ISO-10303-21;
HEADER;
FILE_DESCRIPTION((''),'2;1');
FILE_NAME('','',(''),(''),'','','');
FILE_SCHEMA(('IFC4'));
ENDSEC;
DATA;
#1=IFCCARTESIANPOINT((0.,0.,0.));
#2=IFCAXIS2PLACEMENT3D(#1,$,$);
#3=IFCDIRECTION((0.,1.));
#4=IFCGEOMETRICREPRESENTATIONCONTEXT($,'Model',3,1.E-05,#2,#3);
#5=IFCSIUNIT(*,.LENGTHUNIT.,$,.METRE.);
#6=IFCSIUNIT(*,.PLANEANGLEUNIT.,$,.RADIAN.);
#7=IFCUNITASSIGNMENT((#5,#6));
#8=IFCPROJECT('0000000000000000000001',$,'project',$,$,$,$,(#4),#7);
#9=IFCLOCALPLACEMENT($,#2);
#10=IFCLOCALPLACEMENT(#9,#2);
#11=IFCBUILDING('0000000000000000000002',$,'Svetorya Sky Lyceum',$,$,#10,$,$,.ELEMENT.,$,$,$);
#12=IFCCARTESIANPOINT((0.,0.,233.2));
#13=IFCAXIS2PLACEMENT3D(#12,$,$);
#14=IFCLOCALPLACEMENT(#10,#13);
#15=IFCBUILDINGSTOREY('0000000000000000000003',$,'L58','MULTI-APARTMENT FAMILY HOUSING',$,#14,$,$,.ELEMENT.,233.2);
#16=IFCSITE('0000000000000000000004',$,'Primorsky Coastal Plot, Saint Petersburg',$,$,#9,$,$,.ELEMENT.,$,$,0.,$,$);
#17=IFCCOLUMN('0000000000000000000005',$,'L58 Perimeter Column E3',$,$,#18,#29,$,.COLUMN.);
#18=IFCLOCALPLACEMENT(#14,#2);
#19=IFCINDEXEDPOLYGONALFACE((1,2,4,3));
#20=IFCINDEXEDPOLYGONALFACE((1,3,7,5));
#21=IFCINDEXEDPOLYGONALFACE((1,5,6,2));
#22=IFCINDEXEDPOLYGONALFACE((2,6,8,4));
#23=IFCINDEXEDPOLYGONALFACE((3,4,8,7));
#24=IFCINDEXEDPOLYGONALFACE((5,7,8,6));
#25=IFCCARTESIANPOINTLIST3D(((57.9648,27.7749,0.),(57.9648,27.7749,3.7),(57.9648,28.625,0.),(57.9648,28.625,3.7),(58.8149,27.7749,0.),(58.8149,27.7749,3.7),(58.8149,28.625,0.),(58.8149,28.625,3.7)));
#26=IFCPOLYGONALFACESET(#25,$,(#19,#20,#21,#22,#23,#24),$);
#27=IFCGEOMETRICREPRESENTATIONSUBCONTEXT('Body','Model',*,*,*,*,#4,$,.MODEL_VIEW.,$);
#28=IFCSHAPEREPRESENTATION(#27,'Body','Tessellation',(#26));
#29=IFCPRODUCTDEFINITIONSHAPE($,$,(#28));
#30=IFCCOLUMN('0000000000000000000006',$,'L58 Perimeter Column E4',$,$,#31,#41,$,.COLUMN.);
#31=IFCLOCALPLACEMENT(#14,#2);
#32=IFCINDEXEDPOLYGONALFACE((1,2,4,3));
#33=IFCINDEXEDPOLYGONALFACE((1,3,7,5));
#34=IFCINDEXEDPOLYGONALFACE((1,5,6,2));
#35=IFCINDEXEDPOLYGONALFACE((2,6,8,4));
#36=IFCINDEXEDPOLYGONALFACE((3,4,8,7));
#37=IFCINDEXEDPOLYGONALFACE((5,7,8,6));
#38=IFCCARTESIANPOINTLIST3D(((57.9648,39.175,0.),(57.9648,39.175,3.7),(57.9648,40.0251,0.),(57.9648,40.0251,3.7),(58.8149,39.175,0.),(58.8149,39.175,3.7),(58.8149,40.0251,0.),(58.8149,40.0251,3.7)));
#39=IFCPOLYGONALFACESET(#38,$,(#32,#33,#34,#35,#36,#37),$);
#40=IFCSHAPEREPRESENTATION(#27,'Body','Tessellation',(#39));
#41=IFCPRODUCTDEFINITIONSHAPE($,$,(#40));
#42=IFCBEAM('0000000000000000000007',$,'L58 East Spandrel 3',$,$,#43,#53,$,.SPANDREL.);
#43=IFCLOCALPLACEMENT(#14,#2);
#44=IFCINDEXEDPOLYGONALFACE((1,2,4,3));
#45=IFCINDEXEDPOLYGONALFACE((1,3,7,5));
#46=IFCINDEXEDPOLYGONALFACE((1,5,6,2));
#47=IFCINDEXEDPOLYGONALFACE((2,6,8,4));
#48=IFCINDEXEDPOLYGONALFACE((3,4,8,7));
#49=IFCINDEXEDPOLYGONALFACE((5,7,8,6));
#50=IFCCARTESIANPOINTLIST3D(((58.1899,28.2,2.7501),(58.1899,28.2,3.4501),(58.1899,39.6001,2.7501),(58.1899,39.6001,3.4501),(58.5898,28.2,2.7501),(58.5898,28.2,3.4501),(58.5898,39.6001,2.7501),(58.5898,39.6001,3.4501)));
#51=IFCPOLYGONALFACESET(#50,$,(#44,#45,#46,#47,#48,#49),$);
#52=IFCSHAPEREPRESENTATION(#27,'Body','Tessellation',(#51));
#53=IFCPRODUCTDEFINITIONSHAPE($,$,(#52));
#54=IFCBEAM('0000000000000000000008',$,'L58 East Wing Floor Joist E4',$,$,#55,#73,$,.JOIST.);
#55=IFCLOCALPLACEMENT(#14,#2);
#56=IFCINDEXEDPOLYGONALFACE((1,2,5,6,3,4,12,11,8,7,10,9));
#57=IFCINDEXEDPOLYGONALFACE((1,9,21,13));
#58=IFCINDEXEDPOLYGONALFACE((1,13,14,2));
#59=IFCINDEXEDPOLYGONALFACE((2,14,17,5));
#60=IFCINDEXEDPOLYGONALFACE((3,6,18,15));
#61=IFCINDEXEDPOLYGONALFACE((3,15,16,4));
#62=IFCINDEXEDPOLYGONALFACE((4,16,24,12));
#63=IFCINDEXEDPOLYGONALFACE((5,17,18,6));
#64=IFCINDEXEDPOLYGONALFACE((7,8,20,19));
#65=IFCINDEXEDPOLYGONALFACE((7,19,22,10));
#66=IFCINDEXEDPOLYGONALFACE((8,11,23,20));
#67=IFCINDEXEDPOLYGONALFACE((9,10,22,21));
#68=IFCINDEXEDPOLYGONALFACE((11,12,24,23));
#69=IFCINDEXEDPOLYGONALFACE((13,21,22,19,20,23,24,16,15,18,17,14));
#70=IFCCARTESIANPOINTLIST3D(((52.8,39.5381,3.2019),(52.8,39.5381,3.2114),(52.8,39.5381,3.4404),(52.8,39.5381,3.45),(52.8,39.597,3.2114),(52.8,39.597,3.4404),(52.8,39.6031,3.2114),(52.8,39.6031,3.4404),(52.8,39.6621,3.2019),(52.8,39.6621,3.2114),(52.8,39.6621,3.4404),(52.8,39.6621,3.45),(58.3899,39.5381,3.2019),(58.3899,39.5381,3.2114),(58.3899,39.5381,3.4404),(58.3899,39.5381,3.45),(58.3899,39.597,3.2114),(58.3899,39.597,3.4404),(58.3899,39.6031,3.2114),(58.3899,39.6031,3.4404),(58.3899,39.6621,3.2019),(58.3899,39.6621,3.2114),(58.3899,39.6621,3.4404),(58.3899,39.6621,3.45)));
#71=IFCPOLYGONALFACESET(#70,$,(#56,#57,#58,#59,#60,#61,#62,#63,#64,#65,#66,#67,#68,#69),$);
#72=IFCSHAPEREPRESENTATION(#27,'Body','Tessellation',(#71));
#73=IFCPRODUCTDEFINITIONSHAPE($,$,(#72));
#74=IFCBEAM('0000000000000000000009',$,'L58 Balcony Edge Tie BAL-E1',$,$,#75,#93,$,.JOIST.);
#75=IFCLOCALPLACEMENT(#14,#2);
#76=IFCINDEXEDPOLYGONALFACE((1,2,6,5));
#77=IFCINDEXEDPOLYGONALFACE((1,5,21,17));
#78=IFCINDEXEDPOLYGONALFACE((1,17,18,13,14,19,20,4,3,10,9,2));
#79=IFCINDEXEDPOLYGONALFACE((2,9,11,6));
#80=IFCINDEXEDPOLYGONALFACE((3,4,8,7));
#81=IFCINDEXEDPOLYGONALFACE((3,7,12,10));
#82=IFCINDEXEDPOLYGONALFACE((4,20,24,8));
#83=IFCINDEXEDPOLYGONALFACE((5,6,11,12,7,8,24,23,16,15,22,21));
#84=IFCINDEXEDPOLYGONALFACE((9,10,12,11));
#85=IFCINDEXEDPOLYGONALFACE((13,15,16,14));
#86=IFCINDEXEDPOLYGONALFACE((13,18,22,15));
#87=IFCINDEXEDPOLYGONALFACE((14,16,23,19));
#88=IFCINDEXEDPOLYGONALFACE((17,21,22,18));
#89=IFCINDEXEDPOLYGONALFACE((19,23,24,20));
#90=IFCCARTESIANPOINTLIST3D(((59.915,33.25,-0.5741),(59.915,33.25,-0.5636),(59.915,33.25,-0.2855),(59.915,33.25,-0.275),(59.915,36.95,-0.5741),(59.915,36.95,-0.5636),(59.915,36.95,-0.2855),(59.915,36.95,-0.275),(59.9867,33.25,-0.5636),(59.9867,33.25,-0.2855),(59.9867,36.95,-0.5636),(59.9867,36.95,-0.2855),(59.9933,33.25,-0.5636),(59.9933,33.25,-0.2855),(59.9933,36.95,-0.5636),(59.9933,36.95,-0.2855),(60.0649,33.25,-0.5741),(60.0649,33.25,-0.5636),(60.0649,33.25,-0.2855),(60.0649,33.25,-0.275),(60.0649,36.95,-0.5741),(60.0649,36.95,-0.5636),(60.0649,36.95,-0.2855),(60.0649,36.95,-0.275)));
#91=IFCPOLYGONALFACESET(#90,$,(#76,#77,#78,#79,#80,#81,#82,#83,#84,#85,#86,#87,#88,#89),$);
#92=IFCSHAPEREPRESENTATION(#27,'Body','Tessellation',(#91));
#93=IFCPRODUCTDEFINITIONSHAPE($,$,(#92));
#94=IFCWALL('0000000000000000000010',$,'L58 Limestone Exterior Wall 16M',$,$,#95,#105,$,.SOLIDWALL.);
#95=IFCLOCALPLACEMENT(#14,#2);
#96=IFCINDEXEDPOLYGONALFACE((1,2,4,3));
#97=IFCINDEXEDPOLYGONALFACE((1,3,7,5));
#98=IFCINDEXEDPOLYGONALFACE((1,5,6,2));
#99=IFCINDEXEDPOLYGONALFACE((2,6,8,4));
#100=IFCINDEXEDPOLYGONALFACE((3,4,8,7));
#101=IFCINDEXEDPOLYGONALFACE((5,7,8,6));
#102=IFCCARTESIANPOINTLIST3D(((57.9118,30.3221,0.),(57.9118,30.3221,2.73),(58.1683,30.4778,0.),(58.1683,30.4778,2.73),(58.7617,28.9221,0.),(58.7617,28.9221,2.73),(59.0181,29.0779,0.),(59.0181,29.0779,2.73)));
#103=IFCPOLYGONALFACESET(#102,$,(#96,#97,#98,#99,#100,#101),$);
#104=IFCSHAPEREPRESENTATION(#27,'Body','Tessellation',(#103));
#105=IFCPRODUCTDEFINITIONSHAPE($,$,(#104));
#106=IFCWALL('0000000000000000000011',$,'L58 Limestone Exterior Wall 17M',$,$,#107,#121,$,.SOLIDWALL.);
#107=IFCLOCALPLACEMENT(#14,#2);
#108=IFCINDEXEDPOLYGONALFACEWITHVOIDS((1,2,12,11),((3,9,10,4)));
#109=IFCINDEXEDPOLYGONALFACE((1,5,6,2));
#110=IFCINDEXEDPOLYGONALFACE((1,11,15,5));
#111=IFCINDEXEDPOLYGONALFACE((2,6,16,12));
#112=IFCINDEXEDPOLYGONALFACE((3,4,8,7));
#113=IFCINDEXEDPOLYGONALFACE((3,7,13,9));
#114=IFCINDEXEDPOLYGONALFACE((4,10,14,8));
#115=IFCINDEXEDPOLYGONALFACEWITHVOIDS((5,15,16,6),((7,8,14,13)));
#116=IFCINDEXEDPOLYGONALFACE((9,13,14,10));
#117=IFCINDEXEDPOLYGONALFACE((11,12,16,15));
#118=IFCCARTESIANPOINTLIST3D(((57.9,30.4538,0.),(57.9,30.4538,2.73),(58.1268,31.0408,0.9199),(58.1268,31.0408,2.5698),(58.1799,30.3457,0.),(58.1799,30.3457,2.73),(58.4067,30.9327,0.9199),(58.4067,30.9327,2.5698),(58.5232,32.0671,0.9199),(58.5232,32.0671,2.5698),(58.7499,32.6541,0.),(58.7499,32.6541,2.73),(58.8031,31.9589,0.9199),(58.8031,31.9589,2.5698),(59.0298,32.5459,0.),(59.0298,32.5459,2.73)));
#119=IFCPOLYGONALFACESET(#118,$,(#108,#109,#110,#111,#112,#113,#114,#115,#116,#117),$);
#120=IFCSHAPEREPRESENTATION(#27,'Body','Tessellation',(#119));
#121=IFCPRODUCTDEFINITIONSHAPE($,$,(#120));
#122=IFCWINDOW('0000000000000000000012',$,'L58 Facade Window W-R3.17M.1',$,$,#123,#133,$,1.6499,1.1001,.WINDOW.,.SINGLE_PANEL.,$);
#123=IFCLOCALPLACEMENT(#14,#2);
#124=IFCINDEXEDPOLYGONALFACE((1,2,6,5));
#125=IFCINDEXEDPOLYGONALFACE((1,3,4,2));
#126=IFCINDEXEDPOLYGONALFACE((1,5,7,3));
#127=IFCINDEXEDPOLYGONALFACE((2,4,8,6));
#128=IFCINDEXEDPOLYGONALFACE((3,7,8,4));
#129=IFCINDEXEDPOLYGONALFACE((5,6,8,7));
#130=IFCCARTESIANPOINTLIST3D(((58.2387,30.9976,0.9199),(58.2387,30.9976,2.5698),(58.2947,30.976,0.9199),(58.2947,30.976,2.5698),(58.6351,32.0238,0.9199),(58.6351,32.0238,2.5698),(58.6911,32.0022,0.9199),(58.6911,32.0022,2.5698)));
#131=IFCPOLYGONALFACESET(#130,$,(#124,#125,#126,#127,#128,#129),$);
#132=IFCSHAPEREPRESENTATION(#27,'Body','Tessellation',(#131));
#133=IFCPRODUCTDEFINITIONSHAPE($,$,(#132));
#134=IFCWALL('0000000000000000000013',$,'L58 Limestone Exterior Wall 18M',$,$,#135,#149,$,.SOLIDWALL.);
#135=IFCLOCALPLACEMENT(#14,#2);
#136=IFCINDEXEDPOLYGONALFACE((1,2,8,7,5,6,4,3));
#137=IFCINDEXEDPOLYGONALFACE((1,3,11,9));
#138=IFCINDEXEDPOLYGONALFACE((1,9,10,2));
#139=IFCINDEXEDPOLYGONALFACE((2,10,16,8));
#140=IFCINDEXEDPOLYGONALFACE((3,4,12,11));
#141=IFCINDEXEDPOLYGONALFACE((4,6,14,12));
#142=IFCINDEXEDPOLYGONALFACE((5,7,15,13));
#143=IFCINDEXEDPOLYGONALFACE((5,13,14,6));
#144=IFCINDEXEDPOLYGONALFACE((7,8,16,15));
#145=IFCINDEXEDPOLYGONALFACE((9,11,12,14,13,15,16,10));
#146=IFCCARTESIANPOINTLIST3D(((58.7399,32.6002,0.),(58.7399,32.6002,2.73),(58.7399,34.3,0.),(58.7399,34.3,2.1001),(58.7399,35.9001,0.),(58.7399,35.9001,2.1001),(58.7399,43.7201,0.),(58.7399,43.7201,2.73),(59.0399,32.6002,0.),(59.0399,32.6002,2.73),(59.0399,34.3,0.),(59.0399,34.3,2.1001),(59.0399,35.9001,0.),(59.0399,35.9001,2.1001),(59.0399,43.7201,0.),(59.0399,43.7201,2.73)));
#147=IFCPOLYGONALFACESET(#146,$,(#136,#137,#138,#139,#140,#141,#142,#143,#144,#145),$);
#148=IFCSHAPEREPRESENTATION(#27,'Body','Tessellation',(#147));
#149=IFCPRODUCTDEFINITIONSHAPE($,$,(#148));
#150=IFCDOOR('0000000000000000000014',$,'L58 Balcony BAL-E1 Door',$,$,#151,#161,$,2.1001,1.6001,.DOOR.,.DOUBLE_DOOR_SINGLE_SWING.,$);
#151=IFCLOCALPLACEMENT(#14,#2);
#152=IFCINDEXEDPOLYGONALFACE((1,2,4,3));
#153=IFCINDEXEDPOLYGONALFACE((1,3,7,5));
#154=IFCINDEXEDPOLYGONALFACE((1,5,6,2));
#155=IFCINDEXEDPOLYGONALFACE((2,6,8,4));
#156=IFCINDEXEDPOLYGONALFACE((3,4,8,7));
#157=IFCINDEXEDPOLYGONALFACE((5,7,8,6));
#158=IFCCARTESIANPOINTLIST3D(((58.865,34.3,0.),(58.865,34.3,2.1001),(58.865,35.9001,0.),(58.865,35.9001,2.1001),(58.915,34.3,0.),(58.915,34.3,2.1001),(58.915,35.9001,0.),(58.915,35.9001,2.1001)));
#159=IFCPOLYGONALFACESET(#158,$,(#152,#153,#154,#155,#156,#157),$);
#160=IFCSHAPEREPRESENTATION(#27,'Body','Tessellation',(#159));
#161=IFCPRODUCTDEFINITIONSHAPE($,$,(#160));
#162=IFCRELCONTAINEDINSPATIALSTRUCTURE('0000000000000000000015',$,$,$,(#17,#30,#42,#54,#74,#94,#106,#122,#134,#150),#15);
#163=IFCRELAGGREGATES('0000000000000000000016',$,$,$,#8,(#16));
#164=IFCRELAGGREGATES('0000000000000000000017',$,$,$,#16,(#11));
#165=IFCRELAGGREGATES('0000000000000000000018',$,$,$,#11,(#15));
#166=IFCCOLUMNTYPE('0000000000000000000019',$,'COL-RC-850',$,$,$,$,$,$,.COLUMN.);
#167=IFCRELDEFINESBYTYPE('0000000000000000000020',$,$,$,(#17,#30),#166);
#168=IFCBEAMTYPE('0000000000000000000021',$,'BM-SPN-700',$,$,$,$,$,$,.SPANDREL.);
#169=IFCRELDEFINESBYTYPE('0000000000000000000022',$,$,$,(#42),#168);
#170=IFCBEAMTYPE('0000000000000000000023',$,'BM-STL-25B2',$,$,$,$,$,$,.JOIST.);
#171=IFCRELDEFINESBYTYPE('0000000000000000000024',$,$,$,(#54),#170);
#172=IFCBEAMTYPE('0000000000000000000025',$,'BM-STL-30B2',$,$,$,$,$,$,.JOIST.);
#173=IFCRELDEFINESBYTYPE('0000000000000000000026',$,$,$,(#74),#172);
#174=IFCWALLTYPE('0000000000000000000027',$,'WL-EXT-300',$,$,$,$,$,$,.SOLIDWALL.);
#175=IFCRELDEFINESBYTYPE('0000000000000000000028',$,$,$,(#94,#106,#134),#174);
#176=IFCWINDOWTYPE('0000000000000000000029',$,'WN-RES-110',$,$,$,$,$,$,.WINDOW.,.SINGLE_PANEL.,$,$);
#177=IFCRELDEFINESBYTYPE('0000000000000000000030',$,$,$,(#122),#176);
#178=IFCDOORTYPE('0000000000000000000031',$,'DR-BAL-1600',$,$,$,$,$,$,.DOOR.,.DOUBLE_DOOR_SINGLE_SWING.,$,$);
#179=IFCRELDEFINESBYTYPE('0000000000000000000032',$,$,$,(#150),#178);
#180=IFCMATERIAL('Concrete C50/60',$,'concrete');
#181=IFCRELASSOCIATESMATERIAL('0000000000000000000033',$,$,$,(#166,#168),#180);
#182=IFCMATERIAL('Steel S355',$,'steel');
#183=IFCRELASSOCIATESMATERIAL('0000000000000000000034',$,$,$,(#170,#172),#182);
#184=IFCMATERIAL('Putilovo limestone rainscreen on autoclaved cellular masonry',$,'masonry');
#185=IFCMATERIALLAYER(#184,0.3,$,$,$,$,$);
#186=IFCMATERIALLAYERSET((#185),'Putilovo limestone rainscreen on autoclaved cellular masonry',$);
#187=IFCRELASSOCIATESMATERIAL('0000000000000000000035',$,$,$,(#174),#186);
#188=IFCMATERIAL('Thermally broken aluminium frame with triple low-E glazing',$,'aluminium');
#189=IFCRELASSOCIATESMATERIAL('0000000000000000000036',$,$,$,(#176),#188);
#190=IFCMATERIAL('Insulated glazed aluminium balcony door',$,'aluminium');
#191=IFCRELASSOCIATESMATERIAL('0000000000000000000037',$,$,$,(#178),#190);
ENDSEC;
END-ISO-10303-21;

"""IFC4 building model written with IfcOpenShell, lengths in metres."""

from ifc_helpers import new_model, si_unit, direction, frame, frame_2d, origin, origin_2d, place, context, subcontext, project, spatial, rectangle, i_section, extrude, material, layer, layer_set, material_profile, profile_set, type_object, element, fill, save


model = new_model("IFC4")

# Units and contexts
model_context = context("Model", 3, precision=1e-05, world=origin(), true_north=direction((0.0, 1.0)))
body_context = subcontext(model_context, "Body", "Model", "MODEL_VIEW")
ifc_project = project(units=[si_unit("LENGTHUNIT", "METRE"), si_unit("PLANEANGLEUNIT", "RADIAN")], contexts=[model_context])

# Site, building, storey
site_placement = place(None, origin())
site = spatial("IfcSite", under=ifc_project, at=site_placement, Name="Primorsky Coastal Plot, Saint Petersburg", CompositionType="ELEMENT", RefElevation=0.0)
building_placement = place(site_placement, origin())
building = spatial("IfcBuilding", under=site, at=building_placement, Name="Svetorya Sky Lyceum", CompositionType="ELEMENT")
storey_placement = place(building_placement, frame((0.0, 0.0, 233.2)))
storey = spatial("IfcBuildingStorey", under=building, at=storey_placement, Name="L58", Description="MULTI-APARTMENT FAMILY HOUSING", CompositionType="ELEMENT", Elevation=233.2)

# Columns
ifc_material_1 = material(Name="Concrete C50/60", Category="concrete")
ifc_material_profile_1 = material_profile(ifc_material_1, rectangle(XDim=0.8501, YDim=0.8501, at=origin_2d()), Name="RC COL 850x850")
ifc_profile_set_1 = profile_set([ifc_material_profile_1], Name="Concrete C50/60")
column_type = type_object("IfcColumnType", Name="COL-RC-850", PredefinedType="COLUMN", material=ifc_profile_set_1)
for number, where, z_axis, x_axis, name in (
    (1, (58.3899, 28.2, 0.0), (0.0, 0.0, 1.0), (1.0, 0.0, 0.0), "L58 Perimeter Column E3"),
    (2, (58.3899, 39.6001, 0.0), (0.0, 0.0, 1.0), (1.0, 0.0, 0.0), "L58 Perimeter Column E4"),
):
    element("IfcColumn", number, at=place(storey_placement, frame(where, z_axis=z_axis, x_axis=x_axis)), inside=storey, type_object=column_type, Name=name, PredefinedType="COLUMN", context=body_context, shape_type="SweptSolid", body=[
        extrude(rectangle(XDim=0.8501, YDim=0.8501, at=origin_2d()), origin(), (0.0, 0.0, 1.0), 3.7),
    ])

# Beams
ifc_material_profile_2 = material_profile(ifc_material_1, rectangle(XDim=0.3999, YDim=0.7, at=origin_2d()), Name="RC SPANDREL 400x700")
ifc_profile_set_2 = profile_set([ifc_material_profile_2], Name="Concrete C50/60")
beam_type_1 = type_object("IfcBeamType", Name="BM-SPN-700", PredefinedType="SPANDREL", material=ifc_profile_set_2)
beam_1_placement = place(storey_placement, frame((58.3899, 28.2, 3.1001), z_axis=(0.0, 1.0, 0.0), x_axis=(-1.0, 0.0, 0.0)))
element("IfcBeam", 3, at=beam_1_placement, inside=storey, type_object=beam_type_1, Name="L58 East Spandrel 3", PredefinedType="SPANDREL", context=body_context, shape_type="SweptSolid", body=[
    extrude(rectangle(XDim=0.3999, YDim=0.7, at=origin_2d()), origin(), (0.0, 0.0, 1.0), 11.4001),
])
ifc_material_2 = material(Name="Steel S355", Category="steel")
ifc_material_profile_3 = material_profile(ifc_material_2, i_section(OverallWidth=0.124, OverallDepth=0.248, WebThickness=0.0061, FlangeThickness=0.0095, at=origin_2d()), Name="GOST 25B2")
ifc_profile_set_3 = profile_set([ifc_material_profile_3], Name="Steel S355")
beam_type_2 = type_object("IfcBeamType", Name="BM-STL-25B2", PredefinedType="JOIST", material=ifc_profile_set_3)
beam_2_placement = place(storey_placement, frame((52.8, 39.6001, 3.3259), z_axis=(1.0, 0.0, 0.0), x_axis=(0.0, 1.0, 0.0)))
element("IfcBeam", 4, at=beam_2_placement, inside=storey, type_object=beam_type_2, Name="L58 East Wing Floor Joist E4", PredefinedType="JOIST", context=body_context, shape_type="SweptSolid", body=[
    extrude(i_section(OverallWidth=0.124, OverallDepth=0.248, WebThickness=0.0061, FlangeThickness=0.0095, at=origin_2d()), origin(), (0.0, 0.0, 1.0), 5.5898),
])
ifc_material_profile_4 = material_profile(ifc_material_2, i_section(OverallWidth=0.1499, OverallDepth=0.2991, WebThickness=0.0066, FlangeThickness=0.0105, at=origin_2d()), Name="GOST 30B2")
ifc_profile_set_4 = profile_set([ifc_material_profile_4], Name="Steel S355")
beam_type_3 = type_object("IfcBeamType", Name="BM-STL-30B2", PredefinedType="JOIST", material=ifc_profile_set_4)
beam_3_placement = place(storey_placement, frame((59.99, 33.25, -0.4246), z_axis=(0.0, 1.0, 0.0), x_axis=(-1.0, 0.0, 0.0)))
element("IfcBeam", 5, at=beam_3_placement, inside=storey, type_object=beam_type_3, Name="L58 Balcony Edge Tie BAL-E1", PredefinedType="JOIST", context=body_context, shape_type="SweptSolid", body=[
    extrude(i_section(OverallWidth=0.1499, OverallDepth=0.2991, WebThickness=0.0066, FlangeThickness=0.0105, at=origin_2d()), origin(), (0.0, 0.0, 1.0), 3.7),
])

# Wall
ifc_material_3 = material(Name="Putilovo limestone rainscreen on autoclaved cellular masonry", Category="masonry")
ifc_layer_1 = layer(ifc_material_3, 0.3)
ifc_layer_set_1 = layer_set([ifc_layer_1], Name="Putilovo limestone rainscreen on autoclaved cellular masonry")
wall_type_1 = type_object("IfcWallType", Name="WL-EXT-300", PredefinedType="SOLIDWALL", material=ifc_layer_set_1)
wall_1_placement = place(storey_placement, frame((58.8899, 29.0, 0.0), z_axis=(0.0, 0.0, 1.0), x_axis=(-0.518939, 0.854811, 0.0)))
element("IfcWall", 6, at=wall_1_placement, inside=storey, type_object=wall_type_1, Name="L58 Limestone Exterior Wall 16M", PredefinedType="SOLIDWALL", context=body_context, shape_type="SweptSolid", body=[
    extrude(rectangle(XDim=1.6377, YDim=0.3, at=frame_2d((0.8188, 0.0))), origin(), (0.0, 0.0, 1.0), 2.73),
])

# Wall, opening, window
wall_2_placement = place(storey_placement, frame((58.04, 30.3999, 0.0), z_axis=(0.0, 0.0, 1.0), x_axis=(0.360317, 0.93283, 0.0)))
wall_2 = element("IfcWall", 7, at=wall_2_placement, inside=storey, type_object=wall_type_1, Name="L58 Limestone Exterior Wall 17M", PredefinedType="SOLIDWALL", context=body_context, shape_type="SweptSolid", body=[
    extrude(rectangle(XDim=2.3586, YDim=0.3, at=frame_2d((1.1792, 0.0))), origin(), (0.0, 0.0, 1.0), 2.73),
])
opening_1_placement = place(wall_2_placement, frame((0.6292, 0.0, 0.9199)))
opening_1 = element("IfcOpeningElement", 8, at=opening_1_placement, cuts=wall_2, PredefinedType="OPENING", context=body_context, shape_type="SweptSolid", body=[
    extrude(rectangle(XDim=1.1001, YDim=1.6499, at=frame_2d((0.55, 0.825))), frame((0.0, 0.1599, 0.0), z_axis=(0.0, -1.0, 0.0), x_axis=(1.0, 0.0, 0.0)), (0.0, 0.0, 1.0), 0.3201),
])
ifc_material_4 = material(Name="Thermally broken aluminium frame with triple low-E glazing", Category="aluminium")
window_type = type_object("IfcWindowType", Name="WN-RES-110", PartitioningType="SINGLE_PANEL", PredefinedType="WINDOW", material=ifc_material_4)
window_placement = place(opening_1_placement, origin())
window = element("IfcWindow", 9, at=window_placement, inside=storey, type_object=window_type, Name="L58 Facade Window W-R3.17M.1", OverallHeight=1.6499, OverallWidth=1.1001, PartitioningType="SINGLE_PANEL", PredefinedType="WINDOW", context=body_context, shape_type="SweptSolid", body=[
    extrude(rectangle(XDim=1.1001, YDim=1.6499, at=frame_2d((0.55, 0.825))), frame((0.0, 0.03, 0.0), z_axis=(0.0, -1.0, 0.0), x_axis=(1.0, 0.0, 0.0)), (0.0, 0.0, 1.0), 0.0601),
])
fill(opening_1, window)

# Wall, opening, door
wall_3_placement = place(storey_placement, frame((58.8899, 32.6001, 0.0), z_axis=(0.0, 0.0, 1.0), x_axis=(0.0, 1.0, 0.0)))
wall_3 = element("IfcWall", 10, at=wall_3_placement, inside=storey, type_object=wall_type_1, Name="L58 Limestone Exterior Wall 18M", PredefinedType="SOLIDWALL", context=body_context, shape_type="SweptSolid", body=[
    extrude(rectangle(XDim=11.1199, YDim=0.3, at=frame_2d((5.5601, 0.0))), origin(), (0.0, 0.0, 1.0), 2.73),
])
opening_2_placement = place(wall_3_placement, frame((1.7, 0.0, 0.0)))
opening_2 = element("IfcOpeningElement", 11, at=opening_2_placement, cuts=wall_3, PredefinedType="OPENING", context=body_context, shape_type="SweptSolid", body=[
    extrude(rectangle(XDim=1.6001, YDim=2.1001, at=frame_2d((0.8, 1.05))), frame((0.0, 0.1599, 0.0), z_axis=(0.0, -1.0, 0.0), x_axis=(1.0, 0.0, 0.0)), (0.0, 0.0, 1.0), 0.3201),
])
ifc_material_5 = material(Name="Insulated glazed aluminium balcony door", Category="aluminium")
door_type_1 = type_object("IfcDoorType", Name="DR-BAL-1600", OperationType="DOUBLE_DOOR_SINGLE_SWING", PredefinedType="DOOR", material=ifc_material_5)
door_1_placement = place(opening_2_placement, origin())
door_1 = element("IfcDoor", 12, at=door_1_placement, inside=storey, type_object=door_type_1, Name="L58 Balcony BAL-E1 Door", OperationType="DOUBLE_DOOR_SINGLE_SWING", OverallHeight=2.1001, OverallWidth=1.6001, PredefinedType="DOOR", context=body_context, shape_type="SweptSolid", body=[
    extrude(rectangle(XDim=1.6001, YDim=2.1001, at=frame_2d((0.8, 1.05))), frame((0.0, 0.0249, 0.0), z_axis=(0.0, -1.0, 0.0), x_axis=(1.0, 0.0, 0.0)), (0.0, 0.0, 1.0), 0.05),
])
fill(opening_2, door_1)

save(model, "model.ifc")
